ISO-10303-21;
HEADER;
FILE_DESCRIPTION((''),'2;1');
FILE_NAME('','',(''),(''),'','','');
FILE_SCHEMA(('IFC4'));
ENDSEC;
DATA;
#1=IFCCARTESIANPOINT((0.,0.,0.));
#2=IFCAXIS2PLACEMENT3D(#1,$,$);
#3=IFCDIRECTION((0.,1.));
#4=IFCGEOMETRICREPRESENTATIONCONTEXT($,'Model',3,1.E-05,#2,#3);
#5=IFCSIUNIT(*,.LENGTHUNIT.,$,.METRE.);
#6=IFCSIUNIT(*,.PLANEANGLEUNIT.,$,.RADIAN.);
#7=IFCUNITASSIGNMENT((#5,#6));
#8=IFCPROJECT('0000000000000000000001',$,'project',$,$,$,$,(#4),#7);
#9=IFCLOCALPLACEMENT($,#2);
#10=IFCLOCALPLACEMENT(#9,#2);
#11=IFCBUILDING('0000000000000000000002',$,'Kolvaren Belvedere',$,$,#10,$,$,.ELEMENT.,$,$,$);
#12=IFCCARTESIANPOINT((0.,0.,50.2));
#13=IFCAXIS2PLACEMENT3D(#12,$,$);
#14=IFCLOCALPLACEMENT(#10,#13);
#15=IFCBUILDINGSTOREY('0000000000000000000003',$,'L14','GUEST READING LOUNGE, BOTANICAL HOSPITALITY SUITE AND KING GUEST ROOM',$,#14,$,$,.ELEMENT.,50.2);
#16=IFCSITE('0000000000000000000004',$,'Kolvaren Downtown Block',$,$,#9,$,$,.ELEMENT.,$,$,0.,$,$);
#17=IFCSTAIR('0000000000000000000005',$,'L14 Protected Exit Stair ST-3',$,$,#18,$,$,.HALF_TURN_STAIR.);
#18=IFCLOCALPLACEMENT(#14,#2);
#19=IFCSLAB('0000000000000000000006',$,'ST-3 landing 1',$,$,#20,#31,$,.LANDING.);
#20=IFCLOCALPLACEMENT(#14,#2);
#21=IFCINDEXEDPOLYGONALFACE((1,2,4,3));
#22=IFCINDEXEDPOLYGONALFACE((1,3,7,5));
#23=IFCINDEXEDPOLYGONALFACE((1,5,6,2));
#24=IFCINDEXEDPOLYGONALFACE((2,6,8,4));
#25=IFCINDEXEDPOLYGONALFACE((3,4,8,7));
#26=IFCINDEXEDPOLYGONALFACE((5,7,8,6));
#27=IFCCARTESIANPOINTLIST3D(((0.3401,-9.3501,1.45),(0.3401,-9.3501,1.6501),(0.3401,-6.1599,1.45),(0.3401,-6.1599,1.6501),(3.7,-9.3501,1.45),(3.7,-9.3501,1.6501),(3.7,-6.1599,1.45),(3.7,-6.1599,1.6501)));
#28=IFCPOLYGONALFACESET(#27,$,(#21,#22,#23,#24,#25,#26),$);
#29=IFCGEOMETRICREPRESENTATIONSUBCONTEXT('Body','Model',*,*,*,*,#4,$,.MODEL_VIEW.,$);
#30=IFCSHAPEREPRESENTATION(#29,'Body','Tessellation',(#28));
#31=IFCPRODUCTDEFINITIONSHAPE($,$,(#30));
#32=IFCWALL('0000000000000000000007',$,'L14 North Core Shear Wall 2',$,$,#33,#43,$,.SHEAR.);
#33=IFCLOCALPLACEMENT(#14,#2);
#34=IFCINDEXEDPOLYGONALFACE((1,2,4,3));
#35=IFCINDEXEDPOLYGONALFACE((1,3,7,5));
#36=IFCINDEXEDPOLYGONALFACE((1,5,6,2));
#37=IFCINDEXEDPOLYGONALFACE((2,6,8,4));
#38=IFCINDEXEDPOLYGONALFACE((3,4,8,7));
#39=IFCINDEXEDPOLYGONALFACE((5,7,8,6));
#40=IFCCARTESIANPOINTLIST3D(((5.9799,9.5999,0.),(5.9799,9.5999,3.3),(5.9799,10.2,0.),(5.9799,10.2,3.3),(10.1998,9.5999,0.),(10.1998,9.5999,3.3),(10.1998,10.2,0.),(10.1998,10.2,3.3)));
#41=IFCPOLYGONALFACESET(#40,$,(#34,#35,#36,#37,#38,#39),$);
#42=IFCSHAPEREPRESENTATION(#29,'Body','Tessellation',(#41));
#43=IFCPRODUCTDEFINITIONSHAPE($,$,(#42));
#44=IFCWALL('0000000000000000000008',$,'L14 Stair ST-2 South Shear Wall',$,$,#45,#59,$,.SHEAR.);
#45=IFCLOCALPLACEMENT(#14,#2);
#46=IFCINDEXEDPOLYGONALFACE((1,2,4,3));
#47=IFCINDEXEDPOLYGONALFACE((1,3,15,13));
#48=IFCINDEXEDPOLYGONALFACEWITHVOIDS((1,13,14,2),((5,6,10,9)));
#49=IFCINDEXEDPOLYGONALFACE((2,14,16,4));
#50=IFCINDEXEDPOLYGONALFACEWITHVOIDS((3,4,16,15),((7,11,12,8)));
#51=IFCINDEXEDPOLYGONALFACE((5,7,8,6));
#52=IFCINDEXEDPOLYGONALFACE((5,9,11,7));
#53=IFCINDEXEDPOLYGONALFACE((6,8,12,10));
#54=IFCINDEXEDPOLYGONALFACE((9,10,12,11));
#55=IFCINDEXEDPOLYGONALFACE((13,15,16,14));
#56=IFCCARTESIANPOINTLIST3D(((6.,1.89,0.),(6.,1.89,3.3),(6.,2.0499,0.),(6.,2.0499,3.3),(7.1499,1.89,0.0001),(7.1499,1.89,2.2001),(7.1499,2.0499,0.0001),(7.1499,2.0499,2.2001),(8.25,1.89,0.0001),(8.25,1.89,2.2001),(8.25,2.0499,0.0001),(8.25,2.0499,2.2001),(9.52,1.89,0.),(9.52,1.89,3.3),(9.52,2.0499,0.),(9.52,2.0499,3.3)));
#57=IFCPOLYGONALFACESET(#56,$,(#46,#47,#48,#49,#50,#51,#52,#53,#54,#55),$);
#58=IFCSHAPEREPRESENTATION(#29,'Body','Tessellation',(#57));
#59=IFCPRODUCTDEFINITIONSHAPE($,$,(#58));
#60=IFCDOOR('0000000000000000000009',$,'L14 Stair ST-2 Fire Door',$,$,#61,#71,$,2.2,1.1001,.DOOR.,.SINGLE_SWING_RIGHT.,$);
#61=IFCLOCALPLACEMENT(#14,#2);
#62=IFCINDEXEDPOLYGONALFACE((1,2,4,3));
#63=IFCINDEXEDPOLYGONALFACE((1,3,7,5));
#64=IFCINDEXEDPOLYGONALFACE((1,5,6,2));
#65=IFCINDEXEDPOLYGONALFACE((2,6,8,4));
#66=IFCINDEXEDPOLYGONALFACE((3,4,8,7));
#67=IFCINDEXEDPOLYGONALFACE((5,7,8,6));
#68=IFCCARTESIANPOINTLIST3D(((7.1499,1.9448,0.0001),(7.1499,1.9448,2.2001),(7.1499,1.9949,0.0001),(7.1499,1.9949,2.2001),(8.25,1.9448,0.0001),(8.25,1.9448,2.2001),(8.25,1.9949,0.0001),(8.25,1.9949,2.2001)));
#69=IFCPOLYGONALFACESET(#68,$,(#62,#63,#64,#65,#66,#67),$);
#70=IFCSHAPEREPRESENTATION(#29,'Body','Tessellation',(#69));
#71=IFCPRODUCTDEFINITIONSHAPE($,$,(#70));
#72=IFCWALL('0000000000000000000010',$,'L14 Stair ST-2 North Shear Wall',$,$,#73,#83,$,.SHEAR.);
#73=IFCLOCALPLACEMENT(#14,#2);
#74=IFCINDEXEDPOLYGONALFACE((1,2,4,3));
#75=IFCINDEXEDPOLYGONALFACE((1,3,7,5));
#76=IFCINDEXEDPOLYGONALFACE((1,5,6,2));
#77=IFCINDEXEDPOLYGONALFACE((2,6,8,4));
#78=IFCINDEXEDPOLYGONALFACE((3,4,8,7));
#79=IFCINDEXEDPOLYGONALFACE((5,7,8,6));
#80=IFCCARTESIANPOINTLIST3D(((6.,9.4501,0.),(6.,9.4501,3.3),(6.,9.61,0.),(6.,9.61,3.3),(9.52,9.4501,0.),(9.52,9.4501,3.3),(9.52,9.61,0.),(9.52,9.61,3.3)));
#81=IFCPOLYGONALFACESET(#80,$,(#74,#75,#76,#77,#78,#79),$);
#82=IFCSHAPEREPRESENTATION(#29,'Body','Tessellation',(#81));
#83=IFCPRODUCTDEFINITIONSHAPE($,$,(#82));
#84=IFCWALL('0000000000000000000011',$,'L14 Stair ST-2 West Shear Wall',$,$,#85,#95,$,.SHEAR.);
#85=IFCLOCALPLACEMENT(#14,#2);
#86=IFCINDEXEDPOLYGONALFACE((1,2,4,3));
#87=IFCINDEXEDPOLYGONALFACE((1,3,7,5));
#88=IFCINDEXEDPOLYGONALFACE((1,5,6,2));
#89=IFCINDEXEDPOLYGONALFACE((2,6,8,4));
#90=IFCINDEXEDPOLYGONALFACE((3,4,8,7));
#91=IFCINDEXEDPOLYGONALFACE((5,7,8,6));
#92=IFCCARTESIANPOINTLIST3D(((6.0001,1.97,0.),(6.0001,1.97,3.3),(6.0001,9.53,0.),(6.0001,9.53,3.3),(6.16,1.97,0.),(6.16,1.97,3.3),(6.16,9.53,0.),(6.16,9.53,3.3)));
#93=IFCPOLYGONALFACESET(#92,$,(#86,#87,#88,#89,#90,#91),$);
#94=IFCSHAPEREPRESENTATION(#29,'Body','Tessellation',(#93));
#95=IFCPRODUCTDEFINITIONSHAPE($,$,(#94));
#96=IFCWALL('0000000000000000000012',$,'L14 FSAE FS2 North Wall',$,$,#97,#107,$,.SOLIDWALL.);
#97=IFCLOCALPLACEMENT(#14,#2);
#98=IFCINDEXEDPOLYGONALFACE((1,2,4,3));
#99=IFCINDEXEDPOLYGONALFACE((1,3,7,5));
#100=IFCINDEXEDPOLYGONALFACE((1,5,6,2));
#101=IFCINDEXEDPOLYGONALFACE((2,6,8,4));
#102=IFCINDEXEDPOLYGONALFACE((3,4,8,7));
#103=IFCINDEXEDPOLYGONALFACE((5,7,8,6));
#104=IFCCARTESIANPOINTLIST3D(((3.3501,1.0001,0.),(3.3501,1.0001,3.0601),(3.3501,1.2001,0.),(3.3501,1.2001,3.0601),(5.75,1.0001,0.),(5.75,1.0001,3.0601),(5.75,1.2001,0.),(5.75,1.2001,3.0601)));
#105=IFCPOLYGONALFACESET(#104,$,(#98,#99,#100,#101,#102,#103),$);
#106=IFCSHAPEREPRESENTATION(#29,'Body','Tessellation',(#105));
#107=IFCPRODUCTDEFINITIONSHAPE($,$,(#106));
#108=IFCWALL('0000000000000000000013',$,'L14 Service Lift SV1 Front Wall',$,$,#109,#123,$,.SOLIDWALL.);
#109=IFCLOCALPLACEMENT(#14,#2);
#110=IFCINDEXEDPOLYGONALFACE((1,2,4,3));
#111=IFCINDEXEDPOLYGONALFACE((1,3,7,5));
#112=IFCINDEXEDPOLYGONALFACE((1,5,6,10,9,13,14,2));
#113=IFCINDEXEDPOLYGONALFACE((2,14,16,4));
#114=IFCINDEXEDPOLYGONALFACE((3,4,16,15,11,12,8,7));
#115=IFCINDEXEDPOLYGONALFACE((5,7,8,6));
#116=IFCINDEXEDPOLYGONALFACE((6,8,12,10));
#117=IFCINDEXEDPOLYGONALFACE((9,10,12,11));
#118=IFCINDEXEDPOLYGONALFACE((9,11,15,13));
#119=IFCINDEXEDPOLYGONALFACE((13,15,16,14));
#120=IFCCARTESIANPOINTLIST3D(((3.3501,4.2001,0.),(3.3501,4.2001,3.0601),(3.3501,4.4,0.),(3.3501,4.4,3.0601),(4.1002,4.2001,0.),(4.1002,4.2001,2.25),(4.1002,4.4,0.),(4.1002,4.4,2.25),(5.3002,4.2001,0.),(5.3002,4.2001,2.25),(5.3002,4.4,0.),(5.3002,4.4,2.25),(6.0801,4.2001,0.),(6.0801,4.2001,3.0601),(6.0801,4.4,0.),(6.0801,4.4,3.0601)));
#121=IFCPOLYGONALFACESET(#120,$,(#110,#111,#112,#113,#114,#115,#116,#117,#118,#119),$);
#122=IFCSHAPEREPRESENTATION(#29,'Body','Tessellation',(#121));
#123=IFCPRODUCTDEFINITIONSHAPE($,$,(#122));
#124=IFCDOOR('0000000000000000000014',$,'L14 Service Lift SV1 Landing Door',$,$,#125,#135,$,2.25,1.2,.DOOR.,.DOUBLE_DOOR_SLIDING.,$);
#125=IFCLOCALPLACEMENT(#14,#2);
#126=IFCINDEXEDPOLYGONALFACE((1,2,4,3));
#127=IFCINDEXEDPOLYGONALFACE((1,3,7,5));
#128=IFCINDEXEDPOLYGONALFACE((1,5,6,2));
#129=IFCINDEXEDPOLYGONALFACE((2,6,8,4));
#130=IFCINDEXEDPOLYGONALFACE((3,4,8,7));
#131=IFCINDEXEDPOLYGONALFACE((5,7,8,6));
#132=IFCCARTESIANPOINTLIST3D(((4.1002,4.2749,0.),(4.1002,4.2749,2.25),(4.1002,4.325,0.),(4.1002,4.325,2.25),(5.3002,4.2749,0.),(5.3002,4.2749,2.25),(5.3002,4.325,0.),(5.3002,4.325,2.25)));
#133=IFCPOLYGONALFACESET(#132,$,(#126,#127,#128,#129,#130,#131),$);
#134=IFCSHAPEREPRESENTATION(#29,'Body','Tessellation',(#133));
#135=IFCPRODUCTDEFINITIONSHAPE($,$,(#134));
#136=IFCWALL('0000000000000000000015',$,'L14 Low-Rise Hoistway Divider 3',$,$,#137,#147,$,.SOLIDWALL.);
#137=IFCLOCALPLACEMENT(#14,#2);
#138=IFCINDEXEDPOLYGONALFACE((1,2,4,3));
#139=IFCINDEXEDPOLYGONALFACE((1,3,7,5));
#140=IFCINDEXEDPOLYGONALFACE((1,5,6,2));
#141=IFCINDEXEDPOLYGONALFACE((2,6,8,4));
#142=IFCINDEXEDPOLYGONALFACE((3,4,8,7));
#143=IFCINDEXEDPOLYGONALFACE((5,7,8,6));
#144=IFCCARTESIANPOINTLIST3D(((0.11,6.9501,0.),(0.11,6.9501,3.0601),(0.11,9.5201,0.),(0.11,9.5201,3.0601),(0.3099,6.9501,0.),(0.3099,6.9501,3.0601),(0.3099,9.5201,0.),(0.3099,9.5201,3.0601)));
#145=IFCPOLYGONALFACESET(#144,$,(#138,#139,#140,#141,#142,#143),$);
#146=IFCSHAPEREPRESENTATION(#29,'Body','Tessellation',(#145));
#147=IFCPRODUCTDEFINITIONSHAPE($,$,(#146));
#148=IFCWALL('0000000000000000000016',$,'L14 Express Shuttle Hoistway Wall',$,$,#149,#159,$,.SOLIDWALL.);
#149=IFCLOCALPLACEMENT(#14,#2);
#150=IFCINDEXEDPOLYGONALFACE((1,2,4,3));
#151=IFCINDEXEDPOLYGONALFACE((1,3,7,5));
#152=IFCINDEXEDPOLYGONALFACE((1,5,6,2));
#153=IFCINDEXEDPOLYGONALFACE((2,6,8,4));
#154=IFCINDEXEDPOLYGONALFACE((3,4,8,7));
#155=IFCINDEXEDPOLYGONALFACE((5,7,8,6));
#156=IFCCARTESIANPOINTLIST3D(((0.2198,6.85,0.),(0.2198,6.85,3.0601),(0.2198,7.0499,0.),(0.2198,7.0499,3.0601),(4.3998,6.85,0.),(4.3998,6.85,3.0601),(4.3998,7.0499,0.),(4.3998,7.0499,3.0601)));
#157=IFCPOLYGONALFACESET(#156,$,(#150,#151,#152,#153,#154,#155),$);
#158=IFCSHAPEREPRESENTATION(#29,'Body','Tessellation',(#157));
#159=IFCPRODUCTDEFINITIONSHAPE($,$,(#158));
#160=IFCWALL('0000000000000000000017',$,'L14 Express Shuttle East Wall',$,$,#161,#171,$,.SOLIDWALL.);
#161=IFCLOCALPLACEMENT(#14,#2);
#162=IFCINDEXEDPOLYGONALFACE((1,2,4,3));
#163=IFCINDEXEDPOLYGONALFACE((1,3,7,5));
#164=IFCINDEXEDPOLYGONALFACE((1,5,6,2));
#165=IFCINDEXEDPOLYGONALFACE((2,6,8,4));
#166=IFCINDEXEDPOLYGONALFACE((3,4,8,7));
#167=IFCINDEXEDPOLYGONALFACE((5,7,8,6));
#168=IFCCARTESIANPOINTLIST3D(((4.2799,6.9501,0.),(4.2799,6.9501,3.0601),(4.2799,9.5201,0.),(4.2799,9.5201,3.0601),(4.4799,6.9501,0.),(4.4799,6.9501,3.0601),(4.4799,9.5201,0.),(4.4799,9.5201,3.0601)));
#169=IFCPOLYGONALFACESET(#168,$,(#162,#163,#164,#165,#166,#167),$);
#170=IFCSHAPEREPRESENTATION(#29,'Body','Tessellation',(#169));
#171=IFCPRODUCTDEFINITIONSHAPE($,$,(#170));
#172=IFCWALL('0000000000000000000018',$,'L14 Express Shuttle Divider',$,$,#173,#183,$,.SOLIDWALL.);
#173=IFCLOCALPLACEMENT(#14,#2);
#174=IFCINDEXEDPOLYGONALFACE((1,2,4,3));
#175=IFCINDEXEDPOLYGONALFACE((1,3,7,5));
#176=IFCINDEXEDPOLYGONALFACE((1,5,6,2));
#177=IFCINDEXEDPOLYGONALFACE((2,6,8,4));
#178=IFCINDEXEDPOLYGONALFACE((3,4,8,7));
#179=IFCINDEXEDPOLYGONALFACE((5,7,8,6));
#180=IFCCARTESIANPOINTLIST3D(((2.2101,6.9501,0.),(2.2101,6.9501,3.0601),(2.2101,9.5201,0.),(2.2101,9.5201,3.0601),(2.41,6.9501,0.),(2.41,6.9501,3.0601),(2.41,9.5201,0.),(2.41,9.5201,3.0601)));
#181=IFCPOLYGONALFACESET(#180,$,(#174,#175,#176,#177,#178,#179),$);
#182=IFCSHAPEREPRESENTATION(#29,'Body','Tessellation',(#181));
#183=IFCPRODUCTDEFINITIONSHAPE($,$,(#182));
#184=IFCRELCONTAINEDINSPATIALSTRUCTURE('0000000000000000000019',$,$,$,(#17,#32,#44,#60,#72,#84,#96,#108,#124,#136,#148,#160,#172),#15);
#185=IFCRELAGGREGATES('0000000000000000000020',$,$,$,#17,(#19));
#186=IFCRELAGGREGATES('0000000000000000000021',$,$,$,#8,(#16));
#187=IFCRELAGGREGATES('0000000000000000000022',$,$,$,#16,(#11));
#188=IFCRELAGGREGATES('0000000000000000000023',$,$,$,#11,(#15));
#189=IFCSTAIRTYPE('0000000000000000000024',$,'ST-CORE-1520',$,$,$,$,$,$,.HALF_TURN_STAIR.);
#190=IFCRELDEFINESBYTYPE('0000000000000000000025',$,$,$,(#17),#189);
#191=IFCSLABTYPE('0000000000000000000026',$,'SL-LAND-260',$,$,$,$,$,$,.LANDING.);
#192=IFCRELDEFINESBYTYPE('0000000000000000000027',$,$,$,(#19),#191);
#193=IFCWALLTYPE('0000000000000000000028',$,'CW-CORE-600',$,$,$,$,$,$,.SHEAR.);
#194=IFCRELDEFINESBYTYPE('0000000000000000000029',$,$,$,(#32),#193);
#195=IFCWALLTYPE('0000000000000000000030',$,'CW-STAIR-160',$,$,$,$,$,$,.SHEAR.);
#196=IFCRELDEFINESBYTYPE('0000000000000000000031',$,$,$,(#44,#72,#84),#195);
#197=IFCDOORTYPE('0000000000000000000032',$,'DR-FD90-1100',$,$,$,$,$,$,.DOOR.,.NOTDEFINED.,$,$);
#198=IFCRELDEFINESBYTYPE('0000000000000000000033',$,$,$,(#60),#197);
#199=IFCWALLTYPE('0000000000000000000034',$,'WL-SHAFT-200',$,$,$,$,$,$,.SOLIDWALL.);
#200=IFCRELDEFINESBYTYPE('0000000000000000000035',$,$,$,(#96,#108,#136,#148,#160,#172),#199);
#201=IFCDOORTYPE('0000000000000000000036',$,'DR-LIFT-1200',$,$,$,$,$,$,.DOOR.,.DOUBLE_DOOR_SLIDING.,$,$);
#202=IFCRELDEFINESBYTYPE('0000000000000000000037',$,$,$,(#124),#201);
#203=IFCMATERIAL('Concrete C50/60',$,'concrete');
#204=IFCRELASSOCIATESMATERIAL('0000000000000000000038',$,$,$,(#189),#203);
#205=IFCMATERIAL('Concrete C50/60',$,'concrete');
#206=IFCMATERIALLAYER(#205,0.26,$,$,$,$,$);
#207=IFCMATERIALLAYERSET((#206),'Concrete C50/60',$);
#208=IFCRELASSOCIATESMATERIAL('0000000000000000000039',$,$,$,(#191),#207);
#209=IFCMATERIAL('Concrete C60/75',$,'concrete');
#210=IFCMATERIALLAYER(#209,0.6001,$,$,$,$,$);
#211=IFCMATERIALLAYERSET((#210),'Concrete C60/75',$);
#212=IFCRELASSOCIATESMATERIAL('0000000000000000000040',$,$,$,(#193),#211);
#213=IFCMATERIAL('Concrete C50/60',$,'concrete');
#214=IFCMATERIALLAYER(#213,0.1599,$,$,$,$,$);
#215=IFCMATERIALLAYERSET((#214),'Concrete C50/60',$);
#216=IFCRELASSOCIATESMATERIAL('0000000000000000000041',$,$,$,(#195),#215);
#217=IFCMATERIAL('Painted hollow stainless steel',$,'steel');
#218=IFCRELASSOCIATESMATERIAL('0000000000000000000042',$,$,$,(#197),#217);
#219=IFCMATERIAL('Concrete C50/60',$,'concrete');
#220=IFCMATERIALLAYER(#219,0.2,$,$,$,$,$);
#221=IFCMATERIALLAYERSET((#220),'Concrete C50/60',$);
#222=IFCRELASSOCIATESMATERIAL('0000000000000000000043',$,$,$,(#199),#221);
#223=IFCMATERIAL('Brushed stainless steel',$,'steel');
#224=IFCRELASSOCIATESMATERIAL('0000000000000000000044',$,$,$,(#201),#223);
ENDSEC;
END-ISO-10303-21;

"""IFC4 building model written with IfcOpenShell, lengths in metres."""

from ifc_helpers import new_model, si_unit, direction, frame, frame_2d, origin, place, context, subcontext, project, spatial, polyline, rectangle, outline, extrude, material, layer, layer_set, type_object, element, fill, aggregate, save


model = new_model("IFC4")

# Units and contexts
model_context = context("Model", 3, precision=1e-05, world=origin(), true_north=direction((0.0, 1.0)))
body_context = subcontext(model_context, "Body", "Model", "MODEL_VIEW")
ifc_project = project(units=[si_unit("LENGTHUNIT", "METRE"), si_unit("PLANEANGLEUNIT", "RADIAN")], contexts=[model_context])

# Site, building, storey
site_placement = place(None, origin())
site = spatial("IfcSite", under=ifc_project, at=site_placement, Name="Kolvaren Downtown Block", CompositionType="ELEMENT", RefElevation=0.0)
building_placement = place(site_placement, origin())
building = spatial("IfcBuilding", under=site, at=building_placement, Name="Kolvaren Belvedere", CompositionType="ELEMENT")
storey_placement = place(building_placement, frame((0.0, 0.0, 50.2)))
storey = spatial("IfcBuildingStorey", under=building, at=storey_placement, Name="L14", Description="GUEST READING LOUNGE, BOTANICAL HOSPITALITY SUITE AND KING GUEST ROOM", CompositionType="ELEMENT", Elevation=50.2)

# Stair, slab
ifc_material_1 = material(Name="Concrete C50/60", Category="concrete")
stair_type = type_object("IfcStairType", Name="ST-CORE-1520", PredefinedType="HALF_TURN_STAIR", material=ifc_material_1)
ifc_material_2 = material(Name="Concrete C50/60", Category="concrete")
ifc_layer_1 = layer(ifc_material_2, 0.26)
ifc_layer_set_1 = layer_set([ifc_layer_1], Name="Concrete C50/60")
slab_type = type_object("IfcSlabType", Name="SL-LAND-260", PredefinedType="LANDING", material=ifc_layer_set_1)
stair_1_placement = place(storey_placement, origin())
stair_1 = element("IfcStair", 1, at=stair_1_placement, inside=storey, type_object=stair_type, Name="L14 Protected Exit Stair ST-3", PredefinedType="HALF_TURN_STAIR")
slab_1_placement = place(storey_placement, frame((0.0, 0.0, 1.45)))
slab_1 = element("IfcSlab", 2, at=slab_1_placement, type_object=slab_type, Name="ST-3 landing 1", PredefinedType="LANDING", context=body_context, shape_type="SweptSolid", body=[
    extrude(outline(polyline([(0.3401, -9.3501), (3.7, -9.3501), (3.7, -6.1599), (0.3401, -6.1599), (0.3401, -9.3501)])), origin(), (0.0, 0.0, 1.0), 0.2002),
])
aggregate(stair_1, [slab_1])

# Wall
ifc_material_3 = material(Name="Concrete C60/75", Category="concrete")
ifc_layer_2 = layer(ifc_material_3, 0.6001)
ifc_layer_set_2 = layer_set([ifc_layer_2], Name="Concrete C60/75")
wall_type_1 = type_object("IfcWallType", Name="CW-CORE-600", PredefinedType="SHEAR", material=ifc_layer_set_2)
wall_1_placement = place(storey_placement, frame((5.98, 9.8999, 0.0), z_axis=(0.0, 0.0, 1.0), x_axis=(1.0, 0.0, 0.0)))
element("IfcWall", 3, at=wall_1_placement, inside=storey, type_object=wall_type_1, Name="L14 North Core Shear Wall 2", PredefinedType="SHEAR", context=body_context, shape_type="SweptSolid", body=[
    extrude(rectangle(XDim=4.22, YDim=0.6001, at=frame_2d((2.1099, 0.0))), origin(), (0.0, 0.0, 1.0), 3.3),
])

# Wall, opening, door
ifc_material_4 = material(Name="Concrete C50/60", Category="concrete")
ifc_layer_3 = layer(ifc_material_4, 0.1599)
ifc_layer_set_3 = layer_set([ifc_layer_3], Name="Concrete C50/60")
wall_type_2 = type_object("IfcWallType", Name="CW-STAIR-160", PredefinedType="SHEAR", material=ifc_layer_set_3)
wall_2_placement = place(storey_placement, frame((6.0, 1.97, 0.0), z_axis=(0.0, 0.0, 1.0), x_axis=(1.0, 0.0, 0.0)))
wall_2 = element("IfcWall", 4, at=wall_2_placement, inside=storey, type_object=wall_type_2, Name="L14 Stair ST-2 South Shear Wall", PredefinedType="SHEAR", context=body_context, shape_type="SweptSolid", body=[
    extrude(rectangle(XDim=3.52, YDim=0.1599, at=frame_2d((1.76, 0.0))), origin(), (0.0, 0.0, 1.0), 3.3),
])
opening_1_placement = place(wall_2_placement, frame((1.1499, 0.0, 0.0)))
opening_1 = element("IfcOpeningElement", 5, at=opening_1_placement, cuts=wall_2, PredefinedType="OPENING", context=body_context, shape_type="SweptSolid", body=[
    extrude(rectangle(XDim=1.1001, YDim=2.2, at=frame_2d((0.55, 1.1001))), frame((0.0, 0.0898, 0.0), z_axis=(0.0, -1.0, 0.0), x_axis=(1.0, 0.0, 0.0)), (0.0, 0.0, 1.0), 0.1799),
])
ifc_material_5 = material(Name="Painted hollow stainless steel", Category="steel")
door_type_1 = type_object("IfcDoorType", Name="DR-FD90-1100", OperationType="NOTDEFINED", PredefinedType="DOOR", material=ifc_material_5)
door_1_placement = place(opening_1_placement, origin())
door_1 = element("IfcDoor", 6, at=door_1_placement, inside=storey, type_object=door_type_1, Name="L14 Stair ST-2 Fire Door", OperationType="SINGLE_SWING_RIGHT", OverallHeight=2.2, OverallWidth=1.1001, PredefinedType="DOOR", context=body_context, shape_type="SweptSolid", body=[
    extrude(rectangle(XDim=1.1001, YDim=2.2, at=frame_2d((0.55, 1.1001))), frame((0.0, 0.0249, 0.0), z_axis=(0.0, -1.0, 0.0), x_axis=(1.0, 0.0, 0.0)), (0.0, 0.0, 1.0), 0.05),
])
fill(opening_1, door_1)

# Walls
wall_3_placement = place(storey_placement, frame((6.0, 9.53, 0.0), z_axis=(0.0, 0.0, 1.0), x_axis=(1.0, 0.0, 0.0)))
element("IfcWall", 7, at=wall_3_placement, inside=storey, type_object=wall_type_2, Name="L14 Stair ST-2 North Shear Wall", PredefinedType="SHEAR", context=body_context, shape_type="SweptSolid", body=[
    extrude(rectangle(XDim=3.52, YDim=0.1599, at=frame_2d((1.76, 0.0))), origin(), (0.0, 0.0, 1.0), 3.3),
])
wall_4_placement = place(storey_placement, frame((6.0801, 1.97, 0.0), z_axis=(0.0, 0.0, 1.0), x_axis=(0.0, 1.0, 0.0)))
element("IfcWall", 8, at=wall_4_placement, inside=storey, type_object=wall_type_2, Name="L14 Stair ST-2 West Shear Wall", PredefinedType="SHEAR", context=body_context, shape_type="SweptSolid", body=[
    extrude(rectangle(XDim=7.5601, YDim=0.1599, at=frame_2d((3.78, 0.0))), origin(), (0.0, 0.0, 1.0), 3.3),
])
ifc_material_6 = material(Name="Concrete C50/60", Category="concrete")
ifc_layer_4 = layer(ifc_material_6, 0.2)
ifc_layer_set_4 = layer_set([ifc_layer_4], Name="Concrete C50/60")
wall_type_3 = type_object("IfcWallType", Name="WL-SHAFT-200", PredefinedType="SOLIDWALL", material=ifc_layer_set_4)
wall_5_placement = place(storey_placement, frame((3.3501, 1.1001, 0.0), z_axis=(0.0, 0.0, 1.0), x_axis=(1.0, 0.0, 0.0)))
element("IfcWall", 9, at=wall_5_placement, inside=storey, type_object=wall_type_3, Name="L14 FSAE FS2 North Wall", PredefinedType="SOLIDWALL", context=body_context, shape_type="SweptSolid", body=[
    extrude(rectangle(XDim=2.3999, YDim=0.2, at=frame_2d((1.2, 0.0))), origin(), (0.0, 0.0, 1.0), 3.0601),
])

# Wall, opening, door
wall_6_placement = place(storey_placement, frame((3.3501, 4.3, 0.0), z_axis=(0.0, 0.0, 1.0), x_axis=(1.0, 0.0, 0.0)))
wall_6 = element("IfcWall", 10, at=wall_6_placement, inside=storey, type_object=wall_type_3, Name="L14 Service Lift SV1 Front Wall", PredefinedType="SOLIDWALL", context=body_context, shape_type="SweptSolid", body=[
    extrude(rectangle(XDim=2.73, YDim=0.2, at=frame_2d((1.365, 0.0))), origin(), (0.0, 0.0, 1.0), 3.0601),
])
opening_2_placement = place(wall_6_placement, frame((0.75, 0.0, 0.0)))
opening_2 = element("IfcOpeningElement", 11, at=opening_2_placement, cuts=wall_6, PredefinedType="OPENING", context=body_context, shape_type="SweptSolid", body=[
    extrude(rectangle(XDim=1.2, YDim=2.25, at=frame_2d((0.6001, 1.125))), frame((0.0, 0.1099, 0.0), z_axis=(0.0, -1.0, 0.0), x_axis=(1.0, 0.0, 0.0)), (0.0, 0.0, 1.0), 0.22),
])
ifc_material_7 = material(Name="Brushed stainless steel", Category="steel")
door_type_2 = type_object("IfcDoorType", Name="DR-LIFT-1200", OperationType="DOUBLE_DOOR_SLIDING", PredefinedType="DOOR", material=ifc_material_7)
door_2_placement = place(opening_2_placement, origin())
door_2 = element("IfcDoor", 12, at=door_2_placement, inside=storey, type_object=door_type_2, Name="L14 Service Lift SV1 Landing Door", OperationType="DOUBLE_DOOR_SLIDING", OverallHeight=2.25, OverallWidth=1.2, PredefinedType="DOOR", context=body_context, shape_type="SweptSolid", body=[
    extrude(rectangle(XDim=1.2, YDim=2.25, at=frame_2d((0.6001, 1.125))), frame((0.0, 0.0249, 0.0), z_axis=(0.0, -1.0, 0.0), x_axis=(1.0, 0.0, 0.0)), (0.0, 0.0, 1.0), 0.05),
])
fill(opening_2, door_2)

# Walls
wall_7_placement = place(storey_placement, frame((0.21, 6.95, 0.0), z_axis=(0.0, 0.0, 1.0), x_axis=(0.0, 1.0, 0.0)))
element("IfcWall", 13, at=wall_7_placement, inside=storey, type_object=wall_type_3, Name="L14 Low-Rise Hoistway Divider 3", PredefinedType="SOLIDWALL", context=body_context, shape_type="SweptSolid", body=[
    extrude(rectangle(XDim=2.5701, YDim=0.2, at=frame_2d((1.2852, 0.0))), origin(), (0.0, 0.0, 1.0), 3.0601),
])
wall_8_placement = place(storey_placement, frame((0.22, 6.95, 0.0), z_axis=(0.0, 0.0, 1.0), x_axis=(1.0, 0.0, 0.0)))
element("IfcWall", 14, at=wall_8_placement, inside=storey, type_object=wall_type_3, Name="L14 Express Shuttle Hoistway Wall", PredefinedType="SOLIDWALL", context=body_context, shape_type="SweptSolid", body=[
    extrude(rectangle(XDim=4.1799, YDim=0.2, at=frame_2d((2.0898, 0.0))), origin(), (0.0, 0.0, 1.0), 3.0601),
])
for number, where, z_axis, x_axis, name in (
    (15, (4.3799, 6.95, 0.0), (0.0, 0.0, 1.0), (0.0, 1.0, 0.0), "L14 Express Shuttle East Wall"),
    (16, (2.3101, 6.95, 0.0), (0.0, 0.0, 1.0), (0.0, 1.0, 0.0), "L14 Express Shuttle Divider"),
):
    element("IfcWall", number, at=place(storey_placement, frame(where, z_axis=z_axis, x_axis=x_axis)), inside=storey, type_object=wall_type_3, Name=name, PredefinedType="SOLIDWALL", context=body_context, shape_type="SweptSolid", body=[
        extrude(rectangle(XDim=2.5701, YDim=0.2, at=frame_2d((1.2852, 0.0))), origin(), (0.0, 0.0, 1.0), 3.0601),
    ])

save(model, "model.ifc")
